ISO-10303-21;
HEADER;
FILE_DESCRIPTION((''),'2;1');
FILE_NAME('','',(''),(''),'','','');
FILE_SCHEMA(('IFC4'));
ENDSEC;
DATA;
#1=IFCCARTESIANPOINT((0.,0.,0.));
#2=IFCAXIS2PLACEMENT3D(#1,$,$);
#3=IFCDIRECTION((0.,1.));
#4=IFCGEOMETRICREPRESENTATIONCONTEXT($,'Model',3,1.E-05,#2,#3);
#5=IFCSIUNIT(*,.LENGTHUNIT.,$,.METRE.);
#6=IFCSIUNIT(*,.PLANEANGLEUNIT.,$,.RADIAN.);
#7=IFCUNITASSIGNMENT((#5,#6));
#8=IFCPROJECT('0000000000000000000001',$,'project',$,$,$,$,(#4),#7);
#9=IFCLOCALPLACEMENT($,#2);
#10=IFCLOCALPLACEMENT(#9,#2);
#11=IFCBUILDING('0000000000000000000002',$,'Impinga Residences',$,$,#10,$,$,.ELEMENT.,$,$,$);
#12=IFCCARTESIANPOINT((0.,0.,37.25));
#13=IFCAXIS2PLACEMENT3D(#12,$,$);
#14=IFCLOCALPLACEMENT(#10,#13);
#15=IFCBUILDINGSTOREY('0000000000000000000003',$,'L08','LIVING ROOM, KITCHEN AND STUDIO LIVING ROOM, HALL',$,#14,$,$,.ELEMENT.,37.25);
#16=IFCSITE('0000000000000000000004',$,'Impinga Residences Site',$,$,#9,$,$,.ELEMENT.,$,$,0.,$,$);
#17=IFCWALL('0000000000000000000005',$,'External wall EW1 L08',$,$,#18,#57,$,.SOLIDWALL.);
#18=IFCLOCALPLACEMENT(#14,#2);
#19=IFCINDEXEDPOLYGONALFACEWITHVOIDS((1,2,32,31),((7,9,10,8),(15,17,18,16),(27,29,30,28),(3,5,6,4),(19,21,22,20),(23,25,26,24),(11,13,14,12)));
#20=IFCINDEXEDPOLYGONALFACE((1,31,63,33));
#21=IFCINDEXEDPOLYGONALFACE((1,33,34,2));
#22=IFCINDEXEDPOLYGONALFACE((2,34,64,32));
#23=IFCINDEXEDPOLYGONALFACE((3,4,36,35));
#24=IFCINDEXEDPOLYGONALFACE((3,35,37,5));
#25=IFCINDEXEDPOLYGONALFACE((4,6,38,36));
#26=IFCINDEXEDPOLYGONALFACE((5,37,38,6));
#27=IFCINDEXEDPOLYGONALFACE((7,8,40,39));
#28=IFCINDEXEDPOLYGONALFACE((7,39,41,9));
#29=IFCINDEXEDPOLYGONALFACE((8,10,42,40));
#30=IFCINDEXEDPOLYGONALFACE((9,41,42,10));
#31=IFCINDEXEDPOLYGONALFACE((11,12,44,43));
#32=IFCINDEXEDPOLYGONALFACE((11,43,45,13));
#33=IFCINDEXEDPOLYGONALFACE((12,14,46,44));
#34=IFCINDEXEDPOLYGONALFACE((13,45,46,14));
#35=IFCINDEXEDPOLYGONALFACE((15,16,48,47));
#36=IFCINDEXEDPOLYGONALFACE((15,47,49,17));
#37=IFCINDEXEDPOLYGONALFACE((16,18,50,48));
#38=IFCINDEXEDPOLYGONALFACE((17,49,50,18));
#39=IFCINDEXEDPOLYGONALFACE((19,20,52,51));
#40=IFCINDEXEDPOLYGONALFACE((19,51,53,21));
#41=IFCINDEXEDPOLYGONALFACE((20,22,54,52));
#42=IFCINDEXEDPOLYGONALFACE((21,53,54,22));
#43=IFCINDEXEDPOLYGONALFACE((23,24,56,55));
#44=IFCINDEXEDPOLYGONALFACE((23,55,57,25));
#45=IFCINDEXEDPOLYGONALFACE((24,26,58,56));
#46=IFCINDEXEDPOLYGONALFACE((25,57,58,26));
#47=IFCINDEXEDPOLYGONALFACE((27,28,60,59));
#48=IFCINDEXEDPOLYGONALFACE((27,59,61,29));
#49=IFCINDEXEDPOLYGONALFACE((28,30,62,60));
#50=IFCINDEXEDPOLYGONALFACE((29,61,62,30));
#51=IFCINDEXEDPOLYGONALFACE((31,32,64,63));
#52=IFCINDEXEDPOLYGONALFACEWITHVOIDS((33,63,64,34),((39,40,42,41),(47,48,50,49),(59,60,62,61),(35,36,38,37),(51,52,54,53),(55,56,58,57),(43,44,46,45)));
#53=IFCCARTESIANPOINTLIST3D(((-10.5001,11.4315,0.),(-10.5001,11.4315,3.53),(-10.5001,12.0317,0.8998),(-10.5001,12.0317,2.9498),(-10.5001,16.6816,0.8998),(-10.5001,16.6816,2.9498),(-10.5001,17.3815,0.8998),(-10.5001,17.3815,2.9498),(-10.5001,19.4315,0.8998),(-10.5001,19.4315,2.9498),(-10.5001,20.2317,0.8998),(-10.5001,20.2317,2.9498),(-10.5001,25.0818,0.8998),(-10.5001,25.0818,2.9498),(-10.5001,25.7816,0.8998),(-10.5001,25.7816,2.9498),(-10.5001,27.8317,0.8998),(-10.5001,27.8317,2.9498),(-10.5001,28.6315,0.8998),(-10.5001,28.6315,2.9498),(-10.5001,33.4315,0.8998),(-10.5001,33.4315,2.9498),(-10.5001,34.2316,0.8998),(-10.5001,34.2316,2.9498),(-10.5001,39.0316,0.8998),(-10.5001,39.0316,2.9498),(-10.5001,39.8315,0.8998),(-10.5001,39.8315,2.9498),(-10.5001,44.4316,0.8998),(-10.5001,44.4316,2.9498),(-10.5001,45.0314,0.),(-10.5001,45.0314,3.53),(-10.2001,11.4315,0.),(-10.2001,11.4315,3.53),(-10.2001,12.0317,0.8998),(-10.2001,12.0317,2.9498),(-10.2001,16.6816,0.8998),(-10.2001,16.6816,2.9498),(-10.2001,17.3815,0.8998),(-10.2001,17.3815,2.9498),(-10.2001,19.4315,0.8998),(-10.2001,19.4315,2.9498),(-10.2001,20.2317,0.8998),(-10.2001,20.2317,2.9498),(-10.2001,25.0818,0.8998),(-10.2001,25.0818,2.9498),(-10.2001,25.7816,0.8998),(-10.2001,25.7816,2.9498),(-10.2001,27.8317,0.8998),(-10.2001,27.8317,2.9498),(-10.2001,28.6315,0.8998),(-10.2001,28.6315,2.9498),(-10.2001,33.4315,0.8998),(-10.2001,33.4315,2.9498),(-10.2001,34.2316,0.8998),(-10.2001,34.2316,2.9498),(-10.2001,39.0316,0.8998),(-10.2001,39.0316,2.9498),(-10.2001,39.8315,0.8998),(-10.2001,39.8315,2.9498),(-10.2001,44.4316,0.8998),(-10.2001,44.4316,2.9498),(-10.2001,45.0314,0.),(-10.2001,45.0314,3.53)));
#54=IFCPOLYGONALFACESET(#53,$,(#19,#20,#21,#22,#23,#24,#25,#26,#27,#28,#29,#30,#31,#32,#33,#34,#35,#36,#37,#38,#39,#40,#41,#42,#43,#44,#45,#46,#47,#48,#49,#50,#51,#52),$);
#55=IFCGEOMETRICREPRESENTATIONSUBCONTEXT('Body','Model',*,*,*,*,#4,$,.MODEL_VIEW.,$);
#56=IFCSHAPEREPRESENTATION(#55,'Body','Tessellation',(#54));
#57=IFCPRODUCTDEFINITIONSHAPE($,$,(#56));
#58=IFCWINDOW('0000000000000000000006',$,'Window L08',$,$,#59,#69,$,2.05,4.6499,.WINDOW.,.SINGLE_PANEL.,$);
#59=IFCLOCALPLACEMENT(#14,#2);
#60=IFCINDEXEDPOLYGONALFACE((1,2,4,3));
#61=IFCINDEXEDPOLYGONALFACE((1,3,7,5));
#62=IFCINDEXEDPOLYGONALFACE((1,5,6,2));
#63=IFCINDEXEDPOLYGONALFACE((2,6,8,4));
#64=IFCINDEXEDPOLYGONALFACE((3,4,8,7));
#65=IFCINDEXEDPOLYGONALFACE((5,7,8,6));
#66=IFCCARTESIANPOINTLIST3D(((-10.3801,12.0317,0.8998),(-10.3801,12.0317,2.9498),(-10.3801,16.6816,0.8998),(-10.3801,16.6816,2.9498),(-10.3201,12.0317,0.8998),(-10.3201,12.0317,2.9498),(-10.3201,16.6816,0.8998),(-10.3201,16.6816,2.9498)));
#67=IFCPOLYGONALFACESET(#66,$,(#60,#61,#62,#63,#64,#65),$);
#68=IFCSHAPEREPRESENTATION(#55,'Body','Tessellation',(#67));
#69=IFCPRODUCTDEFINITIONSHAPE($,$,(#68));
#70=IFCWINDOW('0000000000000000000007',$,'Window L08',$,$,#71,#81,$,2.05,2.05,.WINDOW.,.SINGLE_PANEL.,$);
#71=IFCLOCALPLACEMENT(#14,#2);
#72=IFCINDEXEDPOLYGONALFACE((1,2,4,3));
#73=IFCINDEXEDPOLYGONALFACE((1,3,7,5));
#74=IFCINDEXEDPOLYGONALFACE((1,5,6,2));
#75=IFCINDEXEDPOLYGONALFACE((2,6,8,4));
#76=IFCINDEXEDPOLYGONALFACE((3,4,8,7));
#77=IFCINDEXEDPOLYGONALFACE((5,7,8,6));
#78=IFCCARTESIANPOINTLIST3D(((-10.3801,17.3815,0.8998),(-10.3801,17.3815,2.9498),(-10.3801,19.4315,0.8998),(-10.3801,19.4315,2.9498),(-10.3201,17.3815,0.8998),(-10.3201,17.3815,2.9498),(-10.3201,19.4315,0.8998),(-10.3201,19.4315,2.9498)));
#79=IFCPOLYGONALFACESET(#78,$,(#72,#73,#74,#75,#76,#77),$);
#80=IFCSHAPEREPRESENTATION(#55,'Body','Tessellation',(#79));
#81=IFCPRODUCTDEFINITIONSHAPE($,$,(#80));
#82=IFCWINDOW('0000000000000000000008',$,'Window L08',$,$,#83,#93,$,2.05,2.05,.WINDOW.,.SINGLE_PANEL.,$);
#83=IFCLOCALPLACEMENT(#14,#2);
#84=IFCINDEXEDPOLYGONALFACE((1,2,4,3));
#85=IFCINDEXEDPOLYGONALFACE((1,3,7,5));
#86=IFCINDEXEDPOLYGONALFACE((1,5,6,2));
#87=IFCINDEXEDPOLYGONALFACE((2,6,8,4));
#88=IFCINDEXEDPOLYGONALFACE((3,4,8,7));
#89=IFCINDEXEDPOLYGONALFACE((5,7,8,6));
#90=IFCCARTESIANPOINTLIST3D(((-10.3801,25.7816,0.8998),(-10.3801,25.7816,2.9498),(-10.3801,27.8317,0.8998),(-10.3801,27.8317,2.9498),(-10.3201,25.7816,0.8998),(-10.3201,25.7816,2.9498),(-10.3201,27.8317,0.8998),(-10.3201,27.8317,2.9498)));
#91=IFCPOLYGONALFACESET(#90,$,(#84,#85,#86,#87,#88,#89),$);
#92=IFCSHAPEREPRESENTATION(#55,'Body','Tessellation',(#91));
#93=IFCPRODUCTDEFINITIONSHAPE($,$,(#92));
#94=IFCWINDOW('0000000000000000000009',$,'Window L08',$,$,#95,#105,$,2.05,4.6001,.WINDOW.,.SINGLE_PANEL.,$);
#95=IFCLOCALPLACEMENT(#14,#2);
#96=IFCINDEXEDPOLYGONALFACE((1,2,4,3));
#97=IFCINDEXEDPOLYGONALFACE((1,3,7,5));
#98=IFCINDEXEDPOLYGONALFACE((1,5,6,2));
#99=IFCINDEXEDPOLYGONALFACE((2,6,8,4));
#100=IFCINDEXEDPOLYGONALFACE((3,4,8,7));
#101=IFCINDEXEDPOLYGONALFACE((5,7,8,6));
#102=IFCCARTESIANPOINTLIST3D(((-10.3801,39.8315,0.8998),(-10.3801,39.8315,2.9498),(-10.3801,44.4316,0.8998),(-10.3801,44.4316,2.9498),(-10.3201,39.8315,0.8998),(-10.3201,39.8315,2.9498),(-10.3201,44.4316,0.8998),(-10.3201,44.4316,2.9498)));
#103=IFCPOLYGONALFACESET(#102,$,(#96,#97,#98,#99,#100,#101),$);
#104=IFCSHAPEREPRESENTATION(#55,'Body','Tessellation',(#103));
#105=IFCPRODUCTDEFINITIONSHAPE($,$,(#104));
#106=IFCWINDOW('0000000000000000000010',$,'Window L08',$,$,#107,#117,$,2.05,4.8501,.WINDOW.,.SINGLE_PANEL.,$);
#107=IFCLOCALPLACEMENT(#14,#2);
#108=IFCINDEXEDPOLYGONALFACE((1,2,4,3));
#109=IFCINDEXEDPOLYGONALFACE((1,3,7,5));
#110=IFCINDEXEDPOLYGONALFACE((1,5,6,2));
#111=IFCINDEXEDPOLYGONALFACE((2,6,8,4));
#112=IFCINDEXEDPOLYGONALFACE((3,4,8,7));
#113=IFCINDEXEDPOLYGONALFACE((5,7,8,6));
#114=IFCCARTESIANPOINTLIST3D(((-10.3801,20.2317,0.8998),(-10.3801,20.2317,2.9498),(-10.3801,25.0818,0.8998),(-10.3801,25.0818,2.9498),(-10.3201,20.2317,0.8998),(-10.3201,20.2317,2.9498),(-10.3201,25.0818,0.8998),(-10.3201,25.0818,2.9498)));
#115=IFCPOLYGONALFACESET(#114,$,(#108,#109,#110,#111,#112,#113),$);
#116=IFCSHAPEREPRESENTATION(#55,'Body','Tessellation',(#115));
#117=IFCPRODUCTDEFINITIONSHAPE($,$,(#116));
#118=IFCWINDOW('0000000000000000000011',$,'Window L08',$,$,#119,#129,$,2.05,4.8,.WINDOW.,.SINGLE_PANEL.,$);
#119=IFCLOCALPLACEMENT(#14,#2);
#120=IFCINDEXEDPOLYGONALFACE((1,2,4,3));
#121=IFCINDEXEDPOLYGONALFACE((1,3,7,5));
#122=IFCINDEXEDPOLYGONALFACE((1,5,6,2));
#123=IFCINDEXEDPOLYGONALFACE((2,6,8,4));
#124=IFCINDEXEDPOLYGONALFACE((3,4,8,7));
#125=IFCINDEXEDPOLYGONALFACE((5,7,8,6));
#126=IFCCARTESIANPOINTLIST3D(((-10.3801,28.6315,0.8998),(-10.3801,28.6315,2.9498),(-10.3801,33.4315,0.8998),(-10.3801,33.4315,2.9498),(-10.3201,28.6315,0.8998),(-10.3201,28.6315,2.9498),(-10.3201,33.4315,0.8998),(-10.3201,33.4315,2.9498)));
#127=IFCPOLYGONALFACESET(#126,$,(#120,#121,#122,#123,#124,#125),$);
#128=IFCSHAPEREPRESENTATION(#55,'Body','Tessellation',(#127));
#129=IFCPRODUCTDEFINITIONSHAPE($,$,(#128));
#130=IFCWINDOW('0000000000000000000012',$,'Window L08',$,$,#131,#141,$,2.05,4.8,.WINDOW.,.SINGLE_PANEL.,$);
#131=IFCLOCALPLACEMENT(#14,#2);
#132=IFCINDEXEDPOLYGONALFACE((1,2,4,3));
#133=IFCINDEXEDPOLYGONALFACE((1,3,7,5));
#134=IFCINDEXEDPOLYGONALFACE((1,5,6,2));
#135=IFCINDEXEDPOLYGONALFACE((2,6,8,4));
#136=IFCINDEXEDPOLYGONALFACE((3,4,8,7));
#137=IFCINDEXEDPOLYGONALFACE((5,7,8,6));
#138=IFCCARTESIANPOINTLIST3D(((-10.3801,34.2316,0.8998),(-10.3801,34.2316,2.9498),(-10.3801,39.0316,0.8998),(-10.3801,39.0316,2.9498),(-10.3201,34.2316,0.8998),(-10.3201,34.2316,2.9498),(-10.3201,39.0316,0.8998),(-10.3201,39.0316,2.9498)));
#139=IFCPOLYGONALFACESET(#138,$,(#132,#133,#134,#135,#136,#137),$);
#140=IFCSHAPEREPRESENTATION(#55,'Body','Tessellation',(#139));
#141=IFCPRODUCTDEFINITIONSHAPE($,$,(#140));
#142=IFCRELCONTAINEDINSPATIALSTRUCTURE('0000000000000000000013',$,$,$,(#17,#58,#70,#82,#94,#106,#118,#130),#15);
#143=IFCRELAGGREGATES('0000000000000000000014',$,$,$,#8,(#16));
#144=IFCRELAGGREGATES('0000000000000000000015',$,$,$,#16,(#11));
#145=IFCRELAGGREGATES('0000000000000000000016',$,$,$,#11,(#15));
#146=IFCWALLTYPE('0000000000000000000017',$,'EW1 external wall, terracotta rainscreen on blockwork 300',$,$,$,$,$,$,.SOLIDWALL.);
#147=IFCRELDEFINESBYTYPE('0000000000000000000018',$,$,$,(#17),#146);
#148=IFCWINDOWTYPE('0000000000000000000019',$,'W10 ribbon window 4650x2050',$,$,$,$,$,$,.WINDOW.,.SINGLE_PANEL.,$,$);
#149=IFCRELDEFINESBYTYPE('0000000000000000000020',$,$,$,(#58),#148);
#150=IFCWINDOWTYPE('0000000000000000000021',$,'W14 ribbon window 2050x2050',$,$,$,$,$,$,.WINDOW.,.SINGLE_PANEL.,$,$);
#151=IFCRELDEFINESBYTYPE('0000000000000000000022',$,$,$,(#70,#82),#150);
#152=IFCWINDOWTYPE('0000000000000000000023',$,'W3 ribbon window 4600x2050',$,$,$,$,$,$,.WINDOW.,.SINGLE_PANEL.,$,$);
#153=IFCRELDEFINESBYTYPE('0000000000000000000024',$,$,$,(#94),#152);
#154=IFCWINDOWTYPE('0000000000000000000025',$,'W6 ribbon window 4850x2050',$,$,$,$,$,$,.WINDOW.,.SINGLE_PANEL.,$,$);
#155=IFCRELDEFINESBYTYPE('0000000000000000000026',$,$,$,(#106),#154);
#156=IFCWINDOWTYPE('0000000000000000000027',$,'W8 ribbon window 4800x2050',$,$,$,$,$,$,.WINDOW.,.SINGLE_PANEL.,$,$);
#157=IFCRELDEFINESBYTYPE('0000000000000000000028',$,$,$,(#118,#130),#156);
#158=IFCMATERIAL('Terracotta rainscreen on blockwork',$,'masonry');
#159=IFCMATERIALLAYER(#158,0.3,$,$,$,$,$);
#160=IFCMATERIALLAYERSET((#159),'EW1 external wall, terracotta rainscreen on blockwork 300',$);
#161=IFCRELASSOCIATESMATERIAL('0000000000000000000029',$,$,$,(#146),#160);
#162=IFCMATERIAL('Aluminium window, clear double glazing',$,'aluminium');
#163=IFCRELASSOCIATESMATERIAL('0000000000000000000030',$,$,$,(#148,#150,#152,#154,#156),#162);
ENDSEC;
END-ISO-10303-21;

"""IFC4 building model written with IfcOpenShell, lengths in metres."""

from ifc_helpers import new_model, si_unit, direction, frame, frame_2d, origin, place, context, subcontext, project, spatial, rectangle, extrude, material, layer, layer_set, type_object, element, fill, save


model = new_model("IFC4")

# Units and contexts
model_context = context("Model", 3, precision=1e-05, world=origin(), true_north=direction((0.0, 1.0)))
body_context = subcontext(model_context, "Body", "Model", "MODEL_VIEW")
ifc_project = project(units=[si_unit("LENGTHUNIT", "METRE"), si_unit("PLANEANGLEUNIT", "RADIAN")], contexts=[model_context])

# Site, building, storey
site_placement = place(None, origin())
site = spatial("IfcSite", under=ifc_project, at=site_placement, Name="Impinga Residences Site", CompositionType="ELEMENT", RefElevation=0.0)
building_placement = place(site_placement, origin())
building = spatial("IfcBuilding", under=site, at=building_placement, Name="Impinga Residences", CompositionType="ELEMENT")
storey_placement = place(building_placement, frame((0.0, 0.0, 37.25)))
storey = spatial("IfcBuildingStorey", under=building, at=storey_placement, Name="L08", Description="LIVING ROOM, KITCHEN AND STUDIO LIVING ROOM, HALL", CompositionType="ELEMENT", Elevation=37.25)

# Shared definitions
ifc_material_1 = material(Name="Terracotta rainscreen on blockwork", Category="masonry")
ifc_layer_1 = layer(ifc_material_1, 0.3)
ifc_layer_set_1 = layer_set([ifc_layer_1], Name="EW1 external wall, terracotta rainscreen on blockwork 300")
wall_type_1 = type_object("IfcWallType", Name="EW1 external wall, terracotta rainscreen on blockwork 300", PredefinedType="SOLIDWALL", material=ifc_layer_set_1)

# Wall, openings, windows
wall_1_placement = place(storey_placement, frame((-10.3501, 11.4316, 0.0), z_axis=(0.0, 0.0, 1.0), x_axis=(0.0, 1.0, 0.0)))
wall_1 = element("IfcWall", 1, at=wall_1_placement, inside=storey, type_object=wall_type_1, Name="External wall EW1 L08", PredefinedType="SOLIDWALL", context=body_context, shape_type="SweptSolid", body=[
    extrude(rectangle(XDim=33.5999, YDim=0.3, at=frame_2d((16.7998, 0.0))), origin(), (0.0, 0.0, 1.0), 3.53),
])
opening_1_placement = place(wall_1_placement, frame((0.6001, 0.0, 0.8999)))
opening_1 = element("IfcOpeningElement", 2, at=opening_1_placement, cuts=wall_1, PredefinedType="OPENING", context=body_context, shape_type="SweptSolid", body=[
    extrude(rectangle(XDim=4.6499, YDim=2.05, at=frame_2d((2.325, 1.0249))), frame((0.0, 0.1599, 0.0), z_axis=(0.0, -1.0, 0.0), x_axis=(1.0, 0.0, 0.0)), (0.0, 0.0, 1.0), 0.3201),
])
opening_2_placement = place(wall_1_placement, frame((5.95, 0.0, 0.8999)))
opening_2 = element("IfcOpeningElement", 3, at=opening_2_placement, cuts=wall_1, PredefinedType="OPENING", context=body_context, shape_type="SweptSolid", body=[
    extrude(rectangle(XDim=2.05, YDim=2.05, at=frame_2d((1.0249, 1.0249))), frame((0.0, 0.1599, 0.0), z_axis=(0.0, -1.0, 0.0), x_axis=(1.0, 0.0, 0.0)), (0.0, 0.0, 1.0), 0.3201),
])
opening_3_placement = place(wall_1_placement, frame((8.8, 0.0, 0.8999)))
opening_3 = element("IfcOpeningElement", 4, at=opening_3_placement, cuts=wall_1, PredefinedType="OPENING", context=body_context, shape_type="SweptSolid", body=[
    extrude(rectangle(XDim=4.8501, YDim=2.05, at=frame_2d((2.425, 1.0249))), frame((0.0, 0.1599, 0.0), z_axis=(0.0, -1.0, 0.0), x_axis=(1.0, 0.0, 0.0)), (0.0, 0.0, 1.0), 0.3201),
])
opening_4_placement = place(wall_1_placement, frame((14.3501, 0.0, 0.8999)))
opening_4 = element("IfcOpeningElement", 5, at=opening_4_placement, cuts=wall_1, PredefinedType="OPENING", context=body_context, shape_type="SweptSolid", body=[
    extrude(rectangle(XDim=2.05, YDim=2.05, at=frame_2d((1.0249, 1.0249))), frame((0.0, 0.1599, 0.0), z_axis=(0.0, -1.0, 0.0), x_axis=(1.0, 0.0, 0.0)), (0.0, 0.0, 1.0), 0.3201),
])
opening_5_placement = place(wall_1_placement, frame((17.2, 0.0, 0.8999)))
opening_5 = element("IfcOpeningElement", 6, at=opening_5_placement, cuts=wall_1, PredefinedType="OPENING", context=body_context, shape_type="SweptSolid", body=[
    extrude(rectangle(XDim=4.8, YDim=2.05, at=frame_2d((2.3999, 1.0249))), frame((0.0, 0.1599, 0.0), z_axis=(0.0, -1.0, 0.0), x_axis=(1.0, 0.0, 0.0)), (0.0, 0.0, 1.0), 0.3201),
])
opening_6_placement = place(wall_1_placement, frame((22.8, 0.0, 0.8999)))
opening_6 = element("IfcOpeningElement", 7, at=opening_6_placement, cuts=wall_1, PredefinedType="OPENING", context=body_context, shape_type="SweptSolid", body=[
    extrude(rectangle(XDim=4.8, YDim=2.05, at=frame_2d((2.3999, 1.0249))), frame((0.0, 0.1599, 0.0), z_axis=(0.0, -1.0, 0.0), x_axis=(1.0, 0.0, 0.0)), (0.0, 0.0, 1.0), 0.3201),
])
opening_7_placement = place(wall_1_placement, frame((28.3999, 0.0, 0.8999)))
opening_7 = element("IfcOpeningElement", 8, at=opening_7_placement, cuts=wall_1, PredefinedType="OPENING", context=body_context, shape_type="SweptSolid", body=[
    extrude(rectangle(XDim=4.6001, YDim=2.05, at=frame_2d((2.3, 1.0249))), frame((0.0, 0.1599, 0.0), z_axis=(0.0, -1.0, 0.0), x_axis=(1.0, 0.0, 0.0)), (0.0, 0.0, 1.0), 0.3201),
])
ifc_material_2 = material(Name="Aluminium window, clear double glazing", Category="aluminium")
window_type_1 = type_object("IfcWindowType", Name="W10 ribbon window 4650x2050", PartitioningType="SINGLE_PANEL", PredefinedType="WINDOW", material=ifc_material_2)
window_1_placement = place(opening_1_placement, origin())
window_1 = element("IfcWindow", 9, at=window_1_placement, inside=storey, type_object=window_type_1, Name="Window L08", OverallHeight=2.05, OverallWidth=4.6499, PartitioningType="SINGLE_PANEL", PredefinedType="WINDOW", context=body_context, shape_type="SweptSolid", body=[
    extrude(rectangle(XDim=4.6499, YDim=2.05, at=frame_2d((2.325, 1.0249))), frame((0.0, 0.03, 0.0), z_axis=(0.0, -1.0, 0.0), x_axis=(1.0, 0.0, 0.0)), (0.0, 0.0, 1.0), 0.0601),
])
fill(opening_1, window_1)
window_type_2 = type_object("IfcWindowType", Name="W14 ribbon window 2050x2050", PartitioningType="SINGLE_PANEL", PredefinedType="WINDOW", material=ifc_material_2)
window_2_placement = place(opening_2_placement, origin())
window_2 = element("IfcWindow", 10, at=window_2_placement, inside=storey, type_object=window_type_2, Name="Window L08", OverallHeight=2.05, OverallWidth=2.05, PartitioningType="SINGLE_PANEL", PredefinedType="WINDOW", context=body_context, shape_type="SweptSolid", body=[
    extrude(rectangle(XDim=2.05, YDim=2.05, at=frame_2d((1.0249, 1.0249))), frame((0.0, 0.03, 0.0), z_axis=(0.0, -1.0, 0.0), x_axis=(1.0, 0.0, 0.0)), (0.0, 0.0, 1.0), 0.0601),
])
fill(opening_2, window_2)
window_3_placement = place(opening_4_placement, origin())
window_3 = element("IfcWindow", 11, at=window_3_placement, inside=storey, type_object=window_type_2, Name="Window L08", OverallHeight=2.05, OverallWidth=2.05, PartitioningType="SINGLE_PANEL", PredefinedType="WINDOW", context=body_context, shape_type="SweptSolid", body=[
    extrude(rectangle(XDim=2.05, YDim=2.05, at=frame_2d((1.0249, 1.0249))), frame((0.0, 0.03, 0.0), z_axis=(0.0, -1.0, 0.0), x_axis=(1.0, 0.0, 0.0)), (0.0, 0.0, 1.0), 0.0601),
])
fill(opening_4, window_3)
window_type_3 = type_object("IfcWindowType", Name="W3 ribbon window 4600x2050", PartitioningType="SINGLE_PANEL", PredefinedType="WINDOW", material=ifc_material_2)
window_4_placement = place(opening_7_placement, origin())
window_4 = element("IfcWindow", 12, at=window_4_placement, inside=storey, type_object=window_type_3, Name="Window L08", OverallHeight=2.05, OverallWidth=4.6001, PartitioningType="SINGLE_PANEL", PredefinedType="WINDOW", context=body_context, shape_type="SweptSolid", body=[
    extrude(rectangle(XDim=4.6001, YDim=2.05, at=frame_2d((2.3, 1.0249))), frame((0.0, 0.03, 0.0), z_axis=(0.0, -1.0, 0.0), x_axis=(1.0, 0.0, 0.0)), (0.0, 0.0, 1.0), 0.0601),
])
fill(opening_7, window_4)
window_type_4 = type_object("IfcWindowType", Name="W6 ribbon window 4850x2050", PartitioningType="SINGLE_PANEL", PredefinedType="WINDOW", material=ifc_material_2)
window_5_placement = place(opening_3_placement, origin())
window_5 = element("IfcWindow", 13, at=window_5_placement, inside=storey, type_object=window_type_4, Name="Window L08", OverallHeight=2.05, OverallWidth=4.8501, PartitioningType="SINGLE_PANEL", PredefinedType="WINDOW", context=body_context, shape_type="SweptSolid", body=[
    extrude(rectangle(XDim=4.8501, YDim=2.05, at=frame_2d((2.425, 1.0249))), frame((0.0, 0.03, 0.0), z_axis=(0.0, -1.0, 0.0), x_axis=(1.0, 0.0, 0.0)), (0.0, 0.0, 1.0), 0.0601),
])
fill(opening_3, window_5)
window_type_5 = type_object("IfcWindowType", Name="W8 ribbon window 4800x2050", PartitioningType="SINGLE_PANEL", PredefinedType="WINDOW", material=ifc_material_2)
window_6_placement = place(opening_5_placement, origin())
window_6 = element("IfcWindow", 14, at=window_6_placement, inside=storey, type_object=window_type_5, Name="Window L08", OverallHeight=2.05, OverallWidth=4.8, PartitioningType="SINGLE_PANEL", PredefinedType="WINDOW", context=body_context, shape_type="SweptSolid", body=[
    extrude(rectangle(XDim=4.8, YDim=2.05, at=frame_2d((2.3999, 1.0249))), frame((0.0, 0.03, 0.0), z_axis=(0.0, -1.0, 0.0), x_axis=(1.0, 0.0, 0.0)), (0.0, 0.0, 1.0), 0.0601),
])
fill(opening_5, window_6)
window_7_placement = place(opening_6_placement, origin())
window_7 = element("IfcWindow", 15, at=window_7_placement, inside=storey, type_object=window_type_5, Name="Window L08", OverallHeight=2.05, OverallWidth=4.8, PartitioningType="SINGLE_PANEL", PredefinedType="WINDOW", context=body_context, shape_type="SweptSolid", body=[
    extrude(rectangle(XDim=4.8, YDim=2.05, at=frame_2d((2.3999, 1.0249))), frame((0.0, 0.03, 0.0), z_axis=(0.0, -1.0, 0.0), x_axis=(1.0, 0.0, 0.0)), (0.0, 0.0, 1.0), 0.0601),
])
fill(opening_6, window_7)

save(model, "model.ifc")
